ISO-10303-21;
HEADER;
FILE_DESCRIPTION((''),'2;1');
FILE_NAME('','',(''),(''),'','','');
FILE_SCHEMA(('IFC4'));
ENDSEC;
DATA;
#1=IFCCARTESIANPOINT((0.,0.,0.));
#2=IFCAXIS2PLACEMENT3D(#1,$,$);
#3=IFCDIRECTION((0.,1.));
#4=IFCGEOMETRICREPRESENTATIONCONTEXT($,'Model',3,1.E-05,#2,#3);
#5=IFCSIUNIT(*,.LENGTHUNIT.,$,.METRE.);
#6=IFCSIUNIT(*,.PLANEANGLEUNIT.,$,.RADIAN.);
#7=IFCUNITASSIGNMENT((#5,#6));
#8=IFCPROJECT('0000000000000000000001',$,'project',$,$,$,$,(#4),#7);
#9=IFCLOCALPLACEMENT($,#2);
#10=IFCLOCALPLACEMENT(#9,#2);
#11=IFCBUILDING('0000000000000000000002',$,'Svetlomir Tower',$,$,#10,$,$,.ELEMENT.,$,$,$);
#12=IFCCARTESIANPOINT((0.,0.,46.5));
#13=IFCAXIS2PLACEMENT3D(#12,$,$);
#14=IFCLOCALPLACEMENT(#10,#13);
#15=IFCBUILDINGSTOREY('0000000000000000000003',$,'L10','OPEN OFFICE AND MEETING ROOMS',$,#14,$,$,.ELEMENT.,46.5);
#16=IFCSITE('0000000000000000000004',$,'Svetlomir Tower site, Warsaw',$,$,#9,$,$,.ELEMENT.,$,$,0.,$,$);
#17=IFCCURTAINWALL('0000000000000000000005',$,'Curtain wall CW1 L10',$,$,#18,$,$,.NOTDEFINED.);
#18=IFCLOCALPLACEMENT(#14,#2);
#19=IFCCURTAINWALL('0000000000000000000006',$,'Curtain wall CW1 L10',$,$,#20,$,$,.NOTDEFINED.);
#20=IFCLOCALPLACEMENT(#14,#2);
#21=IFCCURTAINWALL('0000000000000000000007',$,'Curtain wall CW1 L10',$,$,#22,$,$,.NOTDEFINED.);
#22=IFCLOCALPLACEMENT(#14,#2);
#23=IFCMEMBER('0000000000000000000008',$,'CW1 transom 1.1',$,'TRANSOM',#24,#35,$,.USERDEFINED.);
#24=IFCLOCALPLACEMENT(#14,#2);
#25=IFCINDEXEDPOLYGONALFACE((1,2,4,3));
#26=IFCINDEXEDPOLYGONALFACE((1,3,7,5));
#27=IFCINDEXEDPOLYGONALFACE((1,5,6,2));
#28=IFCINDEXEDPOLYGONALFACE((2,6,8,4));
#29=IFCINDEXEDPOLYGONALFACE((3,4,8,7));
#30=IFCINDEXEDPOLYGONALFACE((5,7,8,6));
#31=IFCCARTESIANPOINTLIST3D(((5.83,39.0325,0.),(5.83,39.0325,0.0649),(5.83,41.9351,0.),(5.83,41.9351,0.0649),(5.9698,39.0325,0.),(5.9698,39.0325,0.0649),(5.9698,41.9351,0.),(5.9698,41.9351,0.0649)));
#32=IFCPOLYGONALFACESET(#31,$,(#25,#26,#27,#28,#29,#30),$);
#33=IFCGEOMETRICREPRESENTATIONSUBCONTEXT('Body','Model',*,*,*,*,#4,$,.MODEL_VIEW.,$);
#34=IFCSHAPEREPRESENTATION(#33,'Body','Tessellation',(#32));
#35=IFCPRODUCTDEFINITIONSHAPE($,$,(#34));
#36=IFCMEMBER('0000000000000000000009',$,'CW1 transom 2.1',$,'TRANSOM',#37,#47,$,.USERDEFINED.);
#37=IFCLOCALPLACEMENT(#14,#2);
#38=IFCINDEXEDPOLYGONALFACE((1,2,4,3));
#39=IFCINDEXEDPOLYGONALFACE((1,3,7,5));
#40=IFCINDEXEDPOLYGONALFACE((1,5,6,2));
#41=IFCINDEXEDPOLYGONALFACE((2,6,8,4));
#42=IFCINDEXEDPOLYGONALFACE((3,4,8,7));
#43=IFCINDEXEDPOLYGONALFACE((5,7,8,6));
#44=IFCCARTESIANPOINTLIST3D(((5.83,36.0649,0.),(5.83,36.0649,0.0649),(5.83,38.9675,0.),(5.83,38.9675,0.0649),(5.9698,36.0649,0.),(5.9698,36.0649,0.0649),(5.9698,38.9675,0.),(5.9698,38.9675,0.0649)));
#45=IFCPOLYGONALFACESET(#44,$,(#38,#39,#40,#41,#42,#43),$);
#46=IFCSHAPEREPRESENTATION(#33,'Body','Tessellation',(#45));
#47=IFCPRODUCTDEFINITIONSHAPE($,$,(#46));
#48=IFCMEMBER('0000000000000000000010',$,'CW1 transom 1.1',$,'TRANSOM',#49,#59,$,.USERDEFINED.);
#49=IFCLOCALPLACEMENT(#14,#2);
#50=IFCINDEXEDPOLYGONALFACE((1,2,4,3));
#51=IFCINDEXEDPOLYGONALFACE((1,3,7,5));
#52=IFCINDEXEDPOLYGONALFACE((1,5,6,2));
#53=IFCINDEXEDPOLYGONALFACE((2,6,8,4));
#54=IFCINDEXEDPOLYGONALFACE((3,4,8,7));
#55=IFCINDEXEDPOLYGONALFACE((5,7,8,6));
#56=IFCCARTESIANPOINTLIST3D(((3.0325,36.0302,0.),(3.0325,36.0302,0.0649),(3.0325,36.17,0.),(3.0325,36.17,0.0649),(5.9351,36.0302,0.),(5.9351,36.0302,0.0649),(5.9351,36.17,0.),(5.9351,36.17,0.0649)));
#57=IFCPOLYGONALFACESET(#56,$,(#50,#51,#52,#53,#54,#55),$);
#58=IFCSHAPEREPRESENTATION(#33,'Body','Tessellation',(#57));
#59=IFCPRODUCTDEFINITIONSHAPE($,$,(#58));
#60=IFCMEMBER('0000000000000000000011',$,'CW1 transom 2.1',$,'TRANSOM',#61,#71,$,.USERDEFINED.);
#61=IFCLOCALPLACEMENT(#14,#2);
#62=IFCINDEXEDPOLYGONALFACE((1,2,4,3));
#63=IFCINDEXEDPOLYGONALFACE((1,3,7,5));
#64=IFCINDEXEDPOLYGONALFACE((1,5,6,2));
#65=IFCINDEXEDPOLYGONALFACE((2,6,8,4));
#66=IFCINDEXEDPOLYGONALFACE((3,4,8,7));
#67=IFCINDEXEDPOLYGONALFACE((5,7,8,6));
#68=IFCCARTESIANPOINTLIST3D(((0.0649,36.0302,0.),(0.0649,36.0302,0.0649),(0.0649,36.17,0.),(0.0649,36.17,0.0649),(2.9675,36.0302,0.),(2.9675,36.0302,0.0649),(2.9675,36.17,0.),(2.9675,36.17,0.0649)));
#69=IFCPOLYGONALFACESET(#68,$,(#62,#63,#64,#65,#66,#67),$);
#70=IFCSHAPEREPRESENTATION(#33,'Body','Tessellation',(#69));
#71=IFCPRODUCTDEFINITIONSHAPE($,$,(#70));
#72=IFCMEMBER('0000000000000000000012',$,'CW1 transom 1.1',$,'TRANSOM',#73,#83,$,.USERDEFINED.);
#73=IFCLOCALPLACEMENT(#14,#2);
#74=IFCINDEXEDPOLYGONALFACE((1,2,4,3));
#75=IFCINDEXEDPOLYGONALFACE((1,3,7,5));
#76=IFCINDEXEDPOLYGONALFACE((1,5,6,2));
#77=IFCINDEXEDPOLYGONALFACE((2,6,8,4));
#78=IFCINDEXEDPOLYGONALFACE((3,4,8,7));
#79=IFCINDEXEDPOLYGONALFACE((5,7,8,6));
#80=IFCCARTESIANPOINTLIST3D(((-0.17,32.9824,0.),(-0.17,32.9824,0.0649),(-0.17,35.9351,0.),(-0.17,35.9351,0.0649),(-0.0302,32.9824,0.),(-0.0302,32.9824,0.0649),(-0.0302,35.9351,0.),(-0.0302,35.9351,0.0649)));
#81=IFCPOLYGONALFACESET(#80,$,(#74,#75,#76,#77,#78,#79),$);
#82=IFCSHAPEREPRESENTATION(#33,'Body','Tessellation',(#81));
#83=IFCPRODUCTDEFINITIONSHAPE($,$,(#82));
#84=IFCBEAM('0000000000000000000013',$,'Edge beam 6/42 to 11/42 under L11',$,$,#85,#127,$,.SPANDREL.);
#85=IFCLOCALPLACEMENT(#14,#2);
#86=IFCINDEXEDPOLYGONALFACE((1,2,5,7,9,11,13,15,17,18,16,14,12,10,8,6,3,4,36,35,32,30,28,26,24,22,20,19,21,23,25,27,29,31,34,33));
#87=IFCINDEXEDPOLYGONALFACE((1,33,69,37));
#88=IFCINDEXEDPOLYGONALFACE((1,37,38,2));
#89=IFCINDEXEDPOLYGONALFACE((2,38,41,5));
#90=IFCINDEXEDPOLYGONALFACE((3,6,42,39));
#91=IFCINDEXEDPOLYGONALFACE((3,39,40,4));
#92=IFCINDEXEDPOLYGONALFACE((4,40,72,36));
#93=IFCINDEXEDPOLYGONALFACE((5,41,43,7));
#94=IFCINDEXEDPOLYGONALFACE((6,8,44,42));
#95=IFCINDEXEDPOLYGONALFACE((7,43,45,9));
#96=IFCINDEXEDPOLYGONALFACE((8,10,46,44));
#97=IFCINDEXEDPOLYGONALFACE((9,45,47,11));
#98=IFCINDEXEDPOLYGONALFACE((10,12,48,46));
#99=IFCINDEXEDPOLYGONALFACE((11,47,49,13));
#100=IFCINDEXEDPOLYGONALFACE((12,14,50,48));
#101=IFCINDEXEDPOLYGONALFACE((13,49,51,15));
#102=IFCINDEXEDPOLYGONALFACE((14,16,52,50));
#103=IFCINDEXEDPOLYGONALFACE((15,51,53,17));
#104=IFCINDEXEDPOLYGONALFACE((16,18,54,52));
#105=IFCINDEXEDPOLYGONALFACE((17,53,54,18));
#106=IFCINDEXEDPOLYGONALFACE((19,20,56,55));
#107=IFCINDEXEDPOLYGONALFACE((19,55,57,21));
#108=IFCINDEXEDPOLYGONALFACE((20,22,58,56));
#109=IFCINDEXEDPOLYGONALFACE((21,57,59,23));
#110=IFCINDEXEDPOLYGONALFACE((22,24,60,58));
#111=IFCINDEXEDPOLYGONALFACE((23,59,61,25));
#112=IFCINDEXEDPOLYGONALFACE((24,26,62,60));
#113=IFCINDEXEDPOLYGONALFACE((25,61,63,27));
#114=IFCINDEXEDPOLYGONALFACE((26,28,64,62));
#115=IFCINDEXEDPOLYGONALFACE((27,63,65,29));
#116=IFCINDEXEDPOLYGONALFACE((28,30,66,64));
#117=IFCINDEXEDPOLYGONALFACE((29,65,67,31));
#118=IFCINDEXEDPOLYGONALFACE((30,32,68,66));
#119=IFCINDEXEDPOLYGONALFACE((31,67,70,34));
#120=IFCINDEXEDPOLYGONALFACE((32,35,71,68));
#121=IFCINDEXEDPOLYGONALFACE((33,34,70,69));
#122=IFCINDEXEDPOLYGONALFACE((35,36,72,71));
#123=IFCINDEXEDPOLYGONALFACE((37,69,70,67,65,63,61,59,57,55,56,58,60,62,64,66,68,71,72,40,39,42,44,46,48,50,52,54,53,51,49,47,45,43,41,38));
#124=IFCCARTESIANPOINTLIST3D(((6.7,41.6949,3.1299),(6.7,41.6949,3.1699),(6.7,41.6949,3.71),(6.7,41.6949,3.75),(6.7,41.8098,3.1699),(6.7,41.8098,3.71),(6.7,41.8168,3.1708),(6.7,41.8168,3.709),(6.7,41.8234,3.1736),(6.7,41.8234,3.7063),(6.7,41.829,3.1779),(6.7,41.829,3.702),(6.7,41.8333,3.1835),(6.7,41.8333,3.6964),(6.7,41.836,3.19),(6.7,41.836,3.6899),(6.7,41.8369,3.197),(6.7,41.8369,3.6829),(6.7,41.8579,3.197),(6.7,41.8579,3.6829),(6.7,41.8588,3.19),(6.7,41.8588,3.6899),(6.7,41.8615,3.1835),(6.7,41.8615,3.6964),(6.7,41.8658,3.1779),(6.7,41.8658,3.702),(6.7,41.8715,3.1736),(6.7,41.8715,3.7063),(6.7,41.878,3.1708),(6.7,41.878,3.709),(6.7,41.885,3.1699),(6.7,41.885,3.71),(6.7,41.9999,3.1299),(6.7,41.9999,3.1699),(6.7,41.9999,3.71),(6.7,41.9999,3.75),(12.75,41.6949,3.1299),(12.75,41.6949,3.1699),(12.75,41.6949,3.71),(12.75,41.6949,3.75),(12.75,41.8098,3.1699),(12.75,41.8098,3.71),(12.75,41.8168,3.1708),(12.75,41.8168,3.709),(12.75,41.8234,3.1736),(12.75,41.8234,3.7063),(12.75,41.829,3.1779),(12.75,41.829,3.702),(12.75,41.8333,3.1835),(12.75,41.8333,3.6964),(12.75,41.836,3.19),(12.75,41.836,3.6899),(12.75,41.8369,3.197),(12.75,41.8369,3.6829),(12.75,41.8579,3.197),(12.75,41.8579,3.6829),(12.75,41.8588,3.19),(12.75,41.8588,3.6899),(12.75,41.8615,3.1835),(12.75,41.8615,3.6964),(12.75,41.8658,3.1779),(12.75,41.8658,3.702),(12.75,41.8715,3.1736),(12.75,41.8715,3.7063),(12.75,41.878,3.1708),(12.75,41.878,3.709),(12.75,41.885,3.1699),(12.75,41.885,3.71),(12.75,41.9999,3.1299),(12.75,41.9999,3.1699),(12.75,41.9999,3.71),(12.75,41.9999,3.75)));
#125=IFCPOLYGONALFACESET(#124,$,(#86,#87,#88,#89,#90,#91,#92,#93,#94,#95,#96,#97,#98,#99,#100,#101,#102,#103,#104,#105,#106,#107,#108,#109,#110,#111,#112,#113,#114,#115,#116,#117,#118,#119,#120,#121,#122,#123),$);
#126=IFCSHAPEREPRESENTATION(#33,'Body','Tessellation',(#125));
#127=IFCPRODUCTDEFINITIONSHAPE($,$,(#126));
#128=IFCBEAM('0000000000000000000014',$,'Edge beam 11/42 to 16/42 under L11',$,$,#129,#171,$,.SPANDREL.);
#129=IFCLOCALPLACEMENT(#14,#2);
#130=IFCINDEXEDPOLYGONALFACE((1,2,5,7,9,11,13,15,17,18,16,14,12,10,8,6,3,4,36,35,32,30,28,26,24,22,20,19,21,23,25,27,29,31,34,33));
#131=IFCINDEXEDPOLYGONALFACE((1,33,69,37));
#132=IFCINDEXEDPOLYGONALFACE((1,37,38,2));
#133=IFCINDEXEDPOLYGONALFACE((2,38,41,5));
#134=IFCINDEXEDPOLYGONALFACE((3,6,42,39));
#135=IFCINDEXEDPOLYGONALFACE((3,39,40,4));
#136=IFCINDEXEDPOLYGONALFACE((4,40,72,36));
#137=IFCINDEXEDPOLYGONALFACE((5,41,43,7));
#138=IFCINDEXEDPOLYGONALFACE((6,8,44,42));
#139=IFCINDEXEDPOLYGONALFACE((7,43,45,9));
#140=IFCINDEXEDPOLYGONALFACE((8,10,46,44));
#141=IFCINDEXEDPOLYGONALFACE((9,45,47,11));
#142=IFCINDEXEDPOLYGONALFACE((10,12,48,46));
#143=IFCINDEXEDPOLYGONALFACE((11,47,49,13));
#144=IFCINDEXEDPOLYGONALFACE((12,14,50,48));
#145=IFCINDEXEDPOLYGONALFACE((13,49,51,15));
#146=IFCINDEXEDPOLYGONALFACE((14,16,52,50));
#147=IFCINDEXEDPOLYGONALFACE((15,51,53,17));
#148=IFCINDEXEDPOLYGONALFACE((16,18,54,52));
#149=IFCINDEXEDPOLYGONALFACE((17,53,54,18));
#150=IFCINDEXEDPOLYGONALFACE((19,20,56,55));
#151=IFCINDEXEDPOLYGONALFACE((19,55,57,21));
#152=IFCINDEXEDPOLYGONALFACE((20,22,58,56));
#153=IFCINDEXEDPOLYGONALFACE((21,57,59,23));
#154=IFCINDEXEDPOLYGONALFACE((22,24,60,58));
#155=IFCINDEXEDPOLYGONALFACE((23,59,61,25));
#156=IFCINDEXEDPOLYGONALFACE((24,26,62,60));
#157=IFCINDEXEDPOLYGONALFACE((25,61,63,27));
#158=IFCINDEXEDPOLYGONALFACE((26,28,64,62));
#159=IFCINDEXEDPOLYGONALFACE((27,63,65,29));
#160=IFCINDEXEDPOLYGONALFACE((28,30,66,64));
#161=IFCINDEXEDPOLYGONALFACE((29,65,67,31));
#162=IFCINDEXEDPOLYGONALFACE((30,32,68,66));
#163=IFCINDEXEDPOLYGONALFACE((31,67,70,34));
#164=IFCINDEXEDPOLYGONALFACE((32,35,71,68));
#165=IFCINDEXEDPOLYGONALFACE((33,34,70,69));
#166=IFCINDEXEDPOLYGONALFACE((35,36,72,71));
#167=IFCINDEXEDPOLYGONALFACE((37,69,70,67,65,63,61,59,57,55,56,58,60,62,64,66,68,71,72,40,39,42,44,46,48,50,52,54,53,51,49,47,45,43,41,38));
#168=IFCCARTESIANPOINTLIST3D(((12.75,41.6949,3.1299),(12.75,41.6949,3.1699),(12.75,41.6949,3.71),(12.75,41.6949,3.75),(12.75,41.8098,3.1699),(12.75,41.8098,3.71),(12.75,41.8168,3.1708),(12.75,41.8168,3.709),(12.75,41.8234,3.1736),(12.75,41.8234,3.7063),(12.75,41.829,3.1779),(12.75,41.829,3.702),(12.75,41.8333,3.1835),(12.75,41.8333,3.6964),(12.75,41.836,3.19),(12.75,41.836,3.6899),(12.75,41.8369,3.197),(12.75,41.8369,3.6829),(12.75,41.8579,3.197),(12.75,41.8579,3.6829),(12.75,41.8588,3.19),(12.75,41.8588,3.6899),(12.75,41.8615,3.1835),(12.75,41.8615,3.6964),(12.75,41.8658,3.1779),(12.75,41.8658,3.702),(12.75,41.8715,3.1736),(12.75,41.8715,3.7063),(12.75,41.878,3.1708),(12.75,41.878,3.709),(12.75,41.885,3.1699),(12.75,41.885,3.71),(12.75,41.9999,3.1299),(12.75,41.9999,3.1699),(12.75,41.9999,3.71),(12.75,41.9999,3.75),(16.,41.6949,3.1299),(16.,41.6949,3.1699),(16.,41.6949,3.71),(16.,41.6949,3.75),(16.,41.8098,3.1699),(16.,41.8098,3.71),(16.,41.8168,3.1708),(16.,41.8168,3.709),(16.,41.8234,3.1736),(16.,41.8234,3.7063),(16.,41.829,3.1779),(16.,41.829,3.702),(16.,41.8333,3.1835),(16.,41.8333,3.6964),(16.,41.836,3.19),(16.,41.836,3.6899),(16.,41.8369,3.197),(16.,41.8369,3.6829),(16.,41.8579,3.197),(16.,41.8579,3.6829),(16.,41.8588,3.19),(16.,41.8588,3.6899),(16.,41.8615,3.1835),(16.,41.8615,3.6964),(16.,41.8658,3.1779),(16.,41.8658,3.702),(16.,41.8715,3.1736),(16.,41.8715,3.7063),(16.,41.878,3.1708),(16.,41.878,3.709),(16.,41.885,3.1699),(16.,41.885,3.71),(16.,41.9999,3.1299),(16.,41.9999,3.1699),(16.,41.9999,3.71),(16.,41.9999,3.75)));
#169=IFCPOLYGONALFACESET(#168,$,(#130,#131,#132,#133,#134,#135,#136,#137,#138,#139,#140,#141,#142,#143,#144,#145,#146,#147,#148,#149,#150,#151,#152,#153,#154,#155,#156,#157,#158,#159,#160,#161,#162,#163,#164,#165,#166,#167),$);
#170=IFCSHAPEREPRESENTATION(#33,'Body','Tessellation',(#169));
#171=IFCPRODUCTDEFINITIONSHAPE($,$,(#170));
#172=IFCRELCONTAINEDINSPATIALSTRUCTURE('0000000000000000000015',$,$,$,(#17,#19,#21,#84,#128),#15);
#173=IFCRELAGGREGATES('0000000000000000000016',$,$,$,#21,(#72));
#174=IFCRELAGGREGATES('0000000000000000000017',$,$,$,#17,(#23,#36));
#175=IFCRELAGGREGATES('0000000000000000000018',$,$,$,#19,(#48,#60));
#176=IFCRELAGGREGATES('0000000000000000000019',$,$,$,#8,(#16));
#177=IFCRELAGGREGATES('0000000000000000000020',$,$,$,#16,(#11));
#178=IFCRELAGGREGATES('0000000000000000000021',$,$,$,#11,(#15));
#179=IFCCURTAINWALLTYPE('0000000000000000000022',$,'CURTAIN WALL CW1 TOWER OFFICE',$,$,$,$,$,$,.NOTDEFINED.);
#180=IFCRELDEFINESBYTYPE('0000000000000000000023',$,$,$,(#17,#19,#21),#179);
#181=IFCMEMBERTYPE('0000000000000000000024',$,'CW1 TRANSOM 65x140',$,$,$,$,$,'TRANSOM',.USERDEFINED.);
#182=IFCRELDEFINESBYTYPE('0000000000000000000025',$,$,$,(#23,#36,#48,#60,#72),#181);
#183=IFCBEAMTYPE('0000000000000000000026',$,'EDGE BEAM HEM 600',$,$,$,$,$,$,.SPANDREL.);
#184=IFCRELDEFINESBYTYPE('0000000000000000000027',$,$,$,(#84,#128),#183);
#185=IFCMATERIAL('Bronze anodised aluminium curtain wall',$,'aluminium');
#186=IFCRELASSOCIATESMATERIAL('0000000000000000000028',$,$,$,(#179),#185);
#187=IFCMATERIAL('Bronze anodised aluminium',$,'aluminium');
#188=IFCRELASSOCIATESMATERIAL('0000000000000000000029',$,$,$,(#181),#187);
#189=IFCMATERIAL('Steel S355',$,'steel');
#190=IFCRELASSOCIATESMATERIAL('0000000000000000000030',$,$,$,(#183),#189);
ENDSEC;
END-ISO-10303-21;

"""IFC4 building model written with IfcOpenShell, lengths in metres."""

from ifc_helpers import new_model, si_unit, direction, frame, origin, origin_2d, place, context, subcontext, project, spatial, rectangle, i_section, extrude, material, material_profile, profile_set, type_object, element, aggregate, save


model = new_model("IFC4")

# Units and contexts
model_context = context("Model", 3, precision=1e-05, world=origin(), true_north=direction((0.0, 1.0)))
body_context = subcontext(model_context, "Body", "Model", "MODEL_VIEW")
ifc_project = project(units=[si_unit("LENGTHUNIT", "METRE"), si_unit("PLANEANGLEUNIT", "RADIAN")], contexts=[model_context])

# Site, building, storey
site_placement = place(None, origin())
site = spatial("IfcSite", under=ifc_project, at=site_placement, Name="Svetlomir Tower site, Warsaw", CompositionType="ELEMENT", RefElevation=0.0)
building_placement = place(site_placement, origin())
building = spatial("IfcBuilding", under=site, at=building_placement, Name="Svetlomir Tower", CompositionType="ELEMENT")
storey_placement = place(building_placement, frame((0.0, 0.0, 46.5)))
storey = spatial("IfcBuildingStorey", under=building, at=storey_placement, Name="L10", Description="OPEN OFFICE AND MEETING ROOMS", CompositionType="ELEMENT", Elevation=46.5)

# Curtain walls
ifc_material_1 = material(Name="Bronze anodised aluminium curtain wall", Category="aluminium")
curtain_wall_type = type_object("IfcCurtainWallType", Name="CURTAIN WALL CW1 TOWER OFFICE", PredefinedType="NOTDEFINED", material=ifc_material_1)
curtain_wall_1_placement = place(storey_placement, origin())
curtain_wall_1 = element("IfcCurtainWall", 1, at=curtain_wall_1_placement, inside=storey, type_object=curtain_wall_type, Name="Curtain wall CW1 L10", PredefinedType="NOTDEFINED")
curtain_wall_2_placement = place(storey_placement, origin())
curtain_wall_2 = element("IfcCurtainWall", 2, at=curtain_wall_2_placement, inside=storey, type_object=curtain_wall_type, Name="Curtain wall CW1 L10", PredefinedType="NOTDEFINED")

# Curtain wall
curtain_wall_3_placement = place(storey_placement, origin())
curtain_wall_3 = element("IfcCurtainWall", 3, at=curtain_wall_3_placement, inside=storey, type_object=curtain_wall_type, Name="Curtain wall CW1 L10", PredefinedType="NOTDEFINED")

# Members
ifc_material_2 = material(Name="Bronze anodised aluminium", Category="aluminium")
ifc_material_profile_1 = material_profile(ifc_material_2, rectangle(XDim=0.1399, YDim=0.0649, at=origin_2d()), Name="AL 140x65")
ifc_profile_set_1 = profile_set([ifc_material_profile_1], Name="Bronze anodised aluminium 6063-T6")
member_type_1 = type_object("IfcMemberType", Name="CW1 TRANSOM 65x140", ElementType="TRANSOM", PredefinedType="USERDEFINED", material=ifc_profile_set_1)
member_1_placement = place(storey_placement, frame((5.8999, 41.9351, 0.0325), z_axis=(0.0, -1.0, 0.0), x_axis=(1.0, 0.0, 0.0)))
member_1 = element("IfcMember", 4, at=member_1_placement, type_object=member_type_1, Name="CW1 transom 1.1", ObjectType="TRANSOM", PredefinedType="USERDEFINED", context=body_context, shape_type="SweptSolid", body=[
    extrude(rectangle(XDim=0.1399, YDim=0.0649, at=origin_2d()), origin(), (0.0, 0.0, 1.0), 2.9026),
])
member_2_placement = place(storey_placement, frame((5.8999, 38.9675, 0.0325), z_axis=(0.0, -1.0, 0.0), x_axis=(1.0, 0.0, 0.0)))
member_2 = element("IfcMember", 5, at=member_2_placement, type_object=member_type_1, Name="CW1 transom 2.1", ObjectType="TRANSOM", PredefinedType="USERDEFINED", context=body_context, shape_type="SweptSolid", body=[
    extrude(rectangle(XDim=0.1399, YDim=0.0649, at=origin_2d()), origin(), (0.0, 0.0, 1.0), 2.9026),
])
member_3_placement = place(storey_placement, frame((5.9351, 36.1001, 0.0325), z_axis=(-1.0, 0.0, 0.0), x_axis=(0.0, -1.0, 0.0)))
member_3 = element("IfcMember", 6, at=member_3_placement, type_object=member_type_1, Name="CW1 transom 1.1", ObjectType="TRANSOM", PredefinedType="USERDEFINED", context=body_context, shape_type="SweptSolid", body=[
    extrude(rectangle(XDim=0.1399, YDim=0.0649, at=origin_2d()), origin(), (0.0, 0.0, 1.0), 2.9026),
])
member_4_placement = place(storey_placement, frame((2.9675, 36.1001, 0.0325), z_axis=(-1.0, 0.0, 0.0), x_axis=(0.0, -1.0, 0.0)))
member_4 = element("IfcMember", 7, at=member_4_placement, type_object=member_type_1, Name="CW1 transom 2.1", ObjectType="TRANSOM", PredefinedType="USERDEFINED", context=body_context, shape_type="SweptSolid", body=[
    extrude(rectangle(XDim=0.1399, YDim=0.0649, at=origin_2d()), origin(), (0.0, 0.0, 1.0), 2.9026),
])
member_5_placement = place(storey_placement, frame((-0.1001, 35.9351, 0.0325), z_axis=(0.0, -1.0, 0.0), x_axis=(1.0, 0.0, 0.0)))
member_5 = element("IfcMember", 8, at=member_5_placement, type_object=member_type_1, Name="CW1 transom 1.1", ObjectType="TRANSOM", PredefinedType="USERDEFINED", context=body_context, shape_type="SweptSolid", body=[
    extrude(rectangle(XDim=0.1399, YDim=0.0649, at=origin_2d()), origin(), (0.0, 0.0, 1.0), 2.9526),
])
aggregate(curtain_wall_3, [member_5])

# Beams
ifc_material_3 = material(Name="Steel S355", Category="steel")
ifc_material_profile_2 = material_profile(ifc_material_3, i_section(OverallWidth=0.3049, OverallDepth=0.6201, WebThickness=0.021, FlangeThickness=0.04, FilletRadius=0.0271, at=origin_2d()), Name="HEM 600")
ifc_profile_set_2 = profile_set([ifc_material_profile_2], Name="Steel S355")
beam_type = type_object("IfcBeamType", Name="EDGE BEAM HEM 600", PredefinedType="SPANDREL", material=ifc_profile_set_2)
beam_1_placement = place(storey_placement, frame((6.7, 41.8474, 3.4399), z_axis=(1.0, 0.0, 0.0), x_axis=(0.0, 1.0, 0.0)))
element("IfcBeam", 9, at=beam_1_placement, inside=storey, type_object=beam_type, Name="Edge beam 6/42 to 11/42 under L11", PredefinedType="SPANDREL", context=body_context, shape_type="SweptSolid", body=[
    extrude(i_section(OverallWidth=0.3049, OverallDepth=0.6201, WebThickness=0.021, FlangeThickness=0.04, FilletRadius=0.0271, at=origin_2d()), origin(), (0.0, 0.0, 1.0), 6.05),
])
beam_2_placement = place(storey_placement, frame((12.75, 41.8474, 3.4399), z_axis=(1.0, 0.0, 0.0), x_axis=(0.0, 1.0, 0.0)))
element("IfcBeam", 10, at=beam_2_placement, inside=storey, type_object=beam_type, Name="Edge beam 11/42 to 16/42 under L11", PredefinedType="SPANDREL", context=body_context, shape_type="SweptSolid", body=[
    extrude(i_section(OverallWidth=0.3049, OverallDepth=0.6201, WebThickness=0.021, FlangeThickness=0.04, FilletRadius=0.0271, at=origin_2d()), origin(), (0.0, 0.0, 1.0), 3.25),
])

aggregate(curtain_wall_1, [member_1, member_2])
aggregate(curtain_wall_2, [member_3, member_4])

save(model, "model.ifc")
